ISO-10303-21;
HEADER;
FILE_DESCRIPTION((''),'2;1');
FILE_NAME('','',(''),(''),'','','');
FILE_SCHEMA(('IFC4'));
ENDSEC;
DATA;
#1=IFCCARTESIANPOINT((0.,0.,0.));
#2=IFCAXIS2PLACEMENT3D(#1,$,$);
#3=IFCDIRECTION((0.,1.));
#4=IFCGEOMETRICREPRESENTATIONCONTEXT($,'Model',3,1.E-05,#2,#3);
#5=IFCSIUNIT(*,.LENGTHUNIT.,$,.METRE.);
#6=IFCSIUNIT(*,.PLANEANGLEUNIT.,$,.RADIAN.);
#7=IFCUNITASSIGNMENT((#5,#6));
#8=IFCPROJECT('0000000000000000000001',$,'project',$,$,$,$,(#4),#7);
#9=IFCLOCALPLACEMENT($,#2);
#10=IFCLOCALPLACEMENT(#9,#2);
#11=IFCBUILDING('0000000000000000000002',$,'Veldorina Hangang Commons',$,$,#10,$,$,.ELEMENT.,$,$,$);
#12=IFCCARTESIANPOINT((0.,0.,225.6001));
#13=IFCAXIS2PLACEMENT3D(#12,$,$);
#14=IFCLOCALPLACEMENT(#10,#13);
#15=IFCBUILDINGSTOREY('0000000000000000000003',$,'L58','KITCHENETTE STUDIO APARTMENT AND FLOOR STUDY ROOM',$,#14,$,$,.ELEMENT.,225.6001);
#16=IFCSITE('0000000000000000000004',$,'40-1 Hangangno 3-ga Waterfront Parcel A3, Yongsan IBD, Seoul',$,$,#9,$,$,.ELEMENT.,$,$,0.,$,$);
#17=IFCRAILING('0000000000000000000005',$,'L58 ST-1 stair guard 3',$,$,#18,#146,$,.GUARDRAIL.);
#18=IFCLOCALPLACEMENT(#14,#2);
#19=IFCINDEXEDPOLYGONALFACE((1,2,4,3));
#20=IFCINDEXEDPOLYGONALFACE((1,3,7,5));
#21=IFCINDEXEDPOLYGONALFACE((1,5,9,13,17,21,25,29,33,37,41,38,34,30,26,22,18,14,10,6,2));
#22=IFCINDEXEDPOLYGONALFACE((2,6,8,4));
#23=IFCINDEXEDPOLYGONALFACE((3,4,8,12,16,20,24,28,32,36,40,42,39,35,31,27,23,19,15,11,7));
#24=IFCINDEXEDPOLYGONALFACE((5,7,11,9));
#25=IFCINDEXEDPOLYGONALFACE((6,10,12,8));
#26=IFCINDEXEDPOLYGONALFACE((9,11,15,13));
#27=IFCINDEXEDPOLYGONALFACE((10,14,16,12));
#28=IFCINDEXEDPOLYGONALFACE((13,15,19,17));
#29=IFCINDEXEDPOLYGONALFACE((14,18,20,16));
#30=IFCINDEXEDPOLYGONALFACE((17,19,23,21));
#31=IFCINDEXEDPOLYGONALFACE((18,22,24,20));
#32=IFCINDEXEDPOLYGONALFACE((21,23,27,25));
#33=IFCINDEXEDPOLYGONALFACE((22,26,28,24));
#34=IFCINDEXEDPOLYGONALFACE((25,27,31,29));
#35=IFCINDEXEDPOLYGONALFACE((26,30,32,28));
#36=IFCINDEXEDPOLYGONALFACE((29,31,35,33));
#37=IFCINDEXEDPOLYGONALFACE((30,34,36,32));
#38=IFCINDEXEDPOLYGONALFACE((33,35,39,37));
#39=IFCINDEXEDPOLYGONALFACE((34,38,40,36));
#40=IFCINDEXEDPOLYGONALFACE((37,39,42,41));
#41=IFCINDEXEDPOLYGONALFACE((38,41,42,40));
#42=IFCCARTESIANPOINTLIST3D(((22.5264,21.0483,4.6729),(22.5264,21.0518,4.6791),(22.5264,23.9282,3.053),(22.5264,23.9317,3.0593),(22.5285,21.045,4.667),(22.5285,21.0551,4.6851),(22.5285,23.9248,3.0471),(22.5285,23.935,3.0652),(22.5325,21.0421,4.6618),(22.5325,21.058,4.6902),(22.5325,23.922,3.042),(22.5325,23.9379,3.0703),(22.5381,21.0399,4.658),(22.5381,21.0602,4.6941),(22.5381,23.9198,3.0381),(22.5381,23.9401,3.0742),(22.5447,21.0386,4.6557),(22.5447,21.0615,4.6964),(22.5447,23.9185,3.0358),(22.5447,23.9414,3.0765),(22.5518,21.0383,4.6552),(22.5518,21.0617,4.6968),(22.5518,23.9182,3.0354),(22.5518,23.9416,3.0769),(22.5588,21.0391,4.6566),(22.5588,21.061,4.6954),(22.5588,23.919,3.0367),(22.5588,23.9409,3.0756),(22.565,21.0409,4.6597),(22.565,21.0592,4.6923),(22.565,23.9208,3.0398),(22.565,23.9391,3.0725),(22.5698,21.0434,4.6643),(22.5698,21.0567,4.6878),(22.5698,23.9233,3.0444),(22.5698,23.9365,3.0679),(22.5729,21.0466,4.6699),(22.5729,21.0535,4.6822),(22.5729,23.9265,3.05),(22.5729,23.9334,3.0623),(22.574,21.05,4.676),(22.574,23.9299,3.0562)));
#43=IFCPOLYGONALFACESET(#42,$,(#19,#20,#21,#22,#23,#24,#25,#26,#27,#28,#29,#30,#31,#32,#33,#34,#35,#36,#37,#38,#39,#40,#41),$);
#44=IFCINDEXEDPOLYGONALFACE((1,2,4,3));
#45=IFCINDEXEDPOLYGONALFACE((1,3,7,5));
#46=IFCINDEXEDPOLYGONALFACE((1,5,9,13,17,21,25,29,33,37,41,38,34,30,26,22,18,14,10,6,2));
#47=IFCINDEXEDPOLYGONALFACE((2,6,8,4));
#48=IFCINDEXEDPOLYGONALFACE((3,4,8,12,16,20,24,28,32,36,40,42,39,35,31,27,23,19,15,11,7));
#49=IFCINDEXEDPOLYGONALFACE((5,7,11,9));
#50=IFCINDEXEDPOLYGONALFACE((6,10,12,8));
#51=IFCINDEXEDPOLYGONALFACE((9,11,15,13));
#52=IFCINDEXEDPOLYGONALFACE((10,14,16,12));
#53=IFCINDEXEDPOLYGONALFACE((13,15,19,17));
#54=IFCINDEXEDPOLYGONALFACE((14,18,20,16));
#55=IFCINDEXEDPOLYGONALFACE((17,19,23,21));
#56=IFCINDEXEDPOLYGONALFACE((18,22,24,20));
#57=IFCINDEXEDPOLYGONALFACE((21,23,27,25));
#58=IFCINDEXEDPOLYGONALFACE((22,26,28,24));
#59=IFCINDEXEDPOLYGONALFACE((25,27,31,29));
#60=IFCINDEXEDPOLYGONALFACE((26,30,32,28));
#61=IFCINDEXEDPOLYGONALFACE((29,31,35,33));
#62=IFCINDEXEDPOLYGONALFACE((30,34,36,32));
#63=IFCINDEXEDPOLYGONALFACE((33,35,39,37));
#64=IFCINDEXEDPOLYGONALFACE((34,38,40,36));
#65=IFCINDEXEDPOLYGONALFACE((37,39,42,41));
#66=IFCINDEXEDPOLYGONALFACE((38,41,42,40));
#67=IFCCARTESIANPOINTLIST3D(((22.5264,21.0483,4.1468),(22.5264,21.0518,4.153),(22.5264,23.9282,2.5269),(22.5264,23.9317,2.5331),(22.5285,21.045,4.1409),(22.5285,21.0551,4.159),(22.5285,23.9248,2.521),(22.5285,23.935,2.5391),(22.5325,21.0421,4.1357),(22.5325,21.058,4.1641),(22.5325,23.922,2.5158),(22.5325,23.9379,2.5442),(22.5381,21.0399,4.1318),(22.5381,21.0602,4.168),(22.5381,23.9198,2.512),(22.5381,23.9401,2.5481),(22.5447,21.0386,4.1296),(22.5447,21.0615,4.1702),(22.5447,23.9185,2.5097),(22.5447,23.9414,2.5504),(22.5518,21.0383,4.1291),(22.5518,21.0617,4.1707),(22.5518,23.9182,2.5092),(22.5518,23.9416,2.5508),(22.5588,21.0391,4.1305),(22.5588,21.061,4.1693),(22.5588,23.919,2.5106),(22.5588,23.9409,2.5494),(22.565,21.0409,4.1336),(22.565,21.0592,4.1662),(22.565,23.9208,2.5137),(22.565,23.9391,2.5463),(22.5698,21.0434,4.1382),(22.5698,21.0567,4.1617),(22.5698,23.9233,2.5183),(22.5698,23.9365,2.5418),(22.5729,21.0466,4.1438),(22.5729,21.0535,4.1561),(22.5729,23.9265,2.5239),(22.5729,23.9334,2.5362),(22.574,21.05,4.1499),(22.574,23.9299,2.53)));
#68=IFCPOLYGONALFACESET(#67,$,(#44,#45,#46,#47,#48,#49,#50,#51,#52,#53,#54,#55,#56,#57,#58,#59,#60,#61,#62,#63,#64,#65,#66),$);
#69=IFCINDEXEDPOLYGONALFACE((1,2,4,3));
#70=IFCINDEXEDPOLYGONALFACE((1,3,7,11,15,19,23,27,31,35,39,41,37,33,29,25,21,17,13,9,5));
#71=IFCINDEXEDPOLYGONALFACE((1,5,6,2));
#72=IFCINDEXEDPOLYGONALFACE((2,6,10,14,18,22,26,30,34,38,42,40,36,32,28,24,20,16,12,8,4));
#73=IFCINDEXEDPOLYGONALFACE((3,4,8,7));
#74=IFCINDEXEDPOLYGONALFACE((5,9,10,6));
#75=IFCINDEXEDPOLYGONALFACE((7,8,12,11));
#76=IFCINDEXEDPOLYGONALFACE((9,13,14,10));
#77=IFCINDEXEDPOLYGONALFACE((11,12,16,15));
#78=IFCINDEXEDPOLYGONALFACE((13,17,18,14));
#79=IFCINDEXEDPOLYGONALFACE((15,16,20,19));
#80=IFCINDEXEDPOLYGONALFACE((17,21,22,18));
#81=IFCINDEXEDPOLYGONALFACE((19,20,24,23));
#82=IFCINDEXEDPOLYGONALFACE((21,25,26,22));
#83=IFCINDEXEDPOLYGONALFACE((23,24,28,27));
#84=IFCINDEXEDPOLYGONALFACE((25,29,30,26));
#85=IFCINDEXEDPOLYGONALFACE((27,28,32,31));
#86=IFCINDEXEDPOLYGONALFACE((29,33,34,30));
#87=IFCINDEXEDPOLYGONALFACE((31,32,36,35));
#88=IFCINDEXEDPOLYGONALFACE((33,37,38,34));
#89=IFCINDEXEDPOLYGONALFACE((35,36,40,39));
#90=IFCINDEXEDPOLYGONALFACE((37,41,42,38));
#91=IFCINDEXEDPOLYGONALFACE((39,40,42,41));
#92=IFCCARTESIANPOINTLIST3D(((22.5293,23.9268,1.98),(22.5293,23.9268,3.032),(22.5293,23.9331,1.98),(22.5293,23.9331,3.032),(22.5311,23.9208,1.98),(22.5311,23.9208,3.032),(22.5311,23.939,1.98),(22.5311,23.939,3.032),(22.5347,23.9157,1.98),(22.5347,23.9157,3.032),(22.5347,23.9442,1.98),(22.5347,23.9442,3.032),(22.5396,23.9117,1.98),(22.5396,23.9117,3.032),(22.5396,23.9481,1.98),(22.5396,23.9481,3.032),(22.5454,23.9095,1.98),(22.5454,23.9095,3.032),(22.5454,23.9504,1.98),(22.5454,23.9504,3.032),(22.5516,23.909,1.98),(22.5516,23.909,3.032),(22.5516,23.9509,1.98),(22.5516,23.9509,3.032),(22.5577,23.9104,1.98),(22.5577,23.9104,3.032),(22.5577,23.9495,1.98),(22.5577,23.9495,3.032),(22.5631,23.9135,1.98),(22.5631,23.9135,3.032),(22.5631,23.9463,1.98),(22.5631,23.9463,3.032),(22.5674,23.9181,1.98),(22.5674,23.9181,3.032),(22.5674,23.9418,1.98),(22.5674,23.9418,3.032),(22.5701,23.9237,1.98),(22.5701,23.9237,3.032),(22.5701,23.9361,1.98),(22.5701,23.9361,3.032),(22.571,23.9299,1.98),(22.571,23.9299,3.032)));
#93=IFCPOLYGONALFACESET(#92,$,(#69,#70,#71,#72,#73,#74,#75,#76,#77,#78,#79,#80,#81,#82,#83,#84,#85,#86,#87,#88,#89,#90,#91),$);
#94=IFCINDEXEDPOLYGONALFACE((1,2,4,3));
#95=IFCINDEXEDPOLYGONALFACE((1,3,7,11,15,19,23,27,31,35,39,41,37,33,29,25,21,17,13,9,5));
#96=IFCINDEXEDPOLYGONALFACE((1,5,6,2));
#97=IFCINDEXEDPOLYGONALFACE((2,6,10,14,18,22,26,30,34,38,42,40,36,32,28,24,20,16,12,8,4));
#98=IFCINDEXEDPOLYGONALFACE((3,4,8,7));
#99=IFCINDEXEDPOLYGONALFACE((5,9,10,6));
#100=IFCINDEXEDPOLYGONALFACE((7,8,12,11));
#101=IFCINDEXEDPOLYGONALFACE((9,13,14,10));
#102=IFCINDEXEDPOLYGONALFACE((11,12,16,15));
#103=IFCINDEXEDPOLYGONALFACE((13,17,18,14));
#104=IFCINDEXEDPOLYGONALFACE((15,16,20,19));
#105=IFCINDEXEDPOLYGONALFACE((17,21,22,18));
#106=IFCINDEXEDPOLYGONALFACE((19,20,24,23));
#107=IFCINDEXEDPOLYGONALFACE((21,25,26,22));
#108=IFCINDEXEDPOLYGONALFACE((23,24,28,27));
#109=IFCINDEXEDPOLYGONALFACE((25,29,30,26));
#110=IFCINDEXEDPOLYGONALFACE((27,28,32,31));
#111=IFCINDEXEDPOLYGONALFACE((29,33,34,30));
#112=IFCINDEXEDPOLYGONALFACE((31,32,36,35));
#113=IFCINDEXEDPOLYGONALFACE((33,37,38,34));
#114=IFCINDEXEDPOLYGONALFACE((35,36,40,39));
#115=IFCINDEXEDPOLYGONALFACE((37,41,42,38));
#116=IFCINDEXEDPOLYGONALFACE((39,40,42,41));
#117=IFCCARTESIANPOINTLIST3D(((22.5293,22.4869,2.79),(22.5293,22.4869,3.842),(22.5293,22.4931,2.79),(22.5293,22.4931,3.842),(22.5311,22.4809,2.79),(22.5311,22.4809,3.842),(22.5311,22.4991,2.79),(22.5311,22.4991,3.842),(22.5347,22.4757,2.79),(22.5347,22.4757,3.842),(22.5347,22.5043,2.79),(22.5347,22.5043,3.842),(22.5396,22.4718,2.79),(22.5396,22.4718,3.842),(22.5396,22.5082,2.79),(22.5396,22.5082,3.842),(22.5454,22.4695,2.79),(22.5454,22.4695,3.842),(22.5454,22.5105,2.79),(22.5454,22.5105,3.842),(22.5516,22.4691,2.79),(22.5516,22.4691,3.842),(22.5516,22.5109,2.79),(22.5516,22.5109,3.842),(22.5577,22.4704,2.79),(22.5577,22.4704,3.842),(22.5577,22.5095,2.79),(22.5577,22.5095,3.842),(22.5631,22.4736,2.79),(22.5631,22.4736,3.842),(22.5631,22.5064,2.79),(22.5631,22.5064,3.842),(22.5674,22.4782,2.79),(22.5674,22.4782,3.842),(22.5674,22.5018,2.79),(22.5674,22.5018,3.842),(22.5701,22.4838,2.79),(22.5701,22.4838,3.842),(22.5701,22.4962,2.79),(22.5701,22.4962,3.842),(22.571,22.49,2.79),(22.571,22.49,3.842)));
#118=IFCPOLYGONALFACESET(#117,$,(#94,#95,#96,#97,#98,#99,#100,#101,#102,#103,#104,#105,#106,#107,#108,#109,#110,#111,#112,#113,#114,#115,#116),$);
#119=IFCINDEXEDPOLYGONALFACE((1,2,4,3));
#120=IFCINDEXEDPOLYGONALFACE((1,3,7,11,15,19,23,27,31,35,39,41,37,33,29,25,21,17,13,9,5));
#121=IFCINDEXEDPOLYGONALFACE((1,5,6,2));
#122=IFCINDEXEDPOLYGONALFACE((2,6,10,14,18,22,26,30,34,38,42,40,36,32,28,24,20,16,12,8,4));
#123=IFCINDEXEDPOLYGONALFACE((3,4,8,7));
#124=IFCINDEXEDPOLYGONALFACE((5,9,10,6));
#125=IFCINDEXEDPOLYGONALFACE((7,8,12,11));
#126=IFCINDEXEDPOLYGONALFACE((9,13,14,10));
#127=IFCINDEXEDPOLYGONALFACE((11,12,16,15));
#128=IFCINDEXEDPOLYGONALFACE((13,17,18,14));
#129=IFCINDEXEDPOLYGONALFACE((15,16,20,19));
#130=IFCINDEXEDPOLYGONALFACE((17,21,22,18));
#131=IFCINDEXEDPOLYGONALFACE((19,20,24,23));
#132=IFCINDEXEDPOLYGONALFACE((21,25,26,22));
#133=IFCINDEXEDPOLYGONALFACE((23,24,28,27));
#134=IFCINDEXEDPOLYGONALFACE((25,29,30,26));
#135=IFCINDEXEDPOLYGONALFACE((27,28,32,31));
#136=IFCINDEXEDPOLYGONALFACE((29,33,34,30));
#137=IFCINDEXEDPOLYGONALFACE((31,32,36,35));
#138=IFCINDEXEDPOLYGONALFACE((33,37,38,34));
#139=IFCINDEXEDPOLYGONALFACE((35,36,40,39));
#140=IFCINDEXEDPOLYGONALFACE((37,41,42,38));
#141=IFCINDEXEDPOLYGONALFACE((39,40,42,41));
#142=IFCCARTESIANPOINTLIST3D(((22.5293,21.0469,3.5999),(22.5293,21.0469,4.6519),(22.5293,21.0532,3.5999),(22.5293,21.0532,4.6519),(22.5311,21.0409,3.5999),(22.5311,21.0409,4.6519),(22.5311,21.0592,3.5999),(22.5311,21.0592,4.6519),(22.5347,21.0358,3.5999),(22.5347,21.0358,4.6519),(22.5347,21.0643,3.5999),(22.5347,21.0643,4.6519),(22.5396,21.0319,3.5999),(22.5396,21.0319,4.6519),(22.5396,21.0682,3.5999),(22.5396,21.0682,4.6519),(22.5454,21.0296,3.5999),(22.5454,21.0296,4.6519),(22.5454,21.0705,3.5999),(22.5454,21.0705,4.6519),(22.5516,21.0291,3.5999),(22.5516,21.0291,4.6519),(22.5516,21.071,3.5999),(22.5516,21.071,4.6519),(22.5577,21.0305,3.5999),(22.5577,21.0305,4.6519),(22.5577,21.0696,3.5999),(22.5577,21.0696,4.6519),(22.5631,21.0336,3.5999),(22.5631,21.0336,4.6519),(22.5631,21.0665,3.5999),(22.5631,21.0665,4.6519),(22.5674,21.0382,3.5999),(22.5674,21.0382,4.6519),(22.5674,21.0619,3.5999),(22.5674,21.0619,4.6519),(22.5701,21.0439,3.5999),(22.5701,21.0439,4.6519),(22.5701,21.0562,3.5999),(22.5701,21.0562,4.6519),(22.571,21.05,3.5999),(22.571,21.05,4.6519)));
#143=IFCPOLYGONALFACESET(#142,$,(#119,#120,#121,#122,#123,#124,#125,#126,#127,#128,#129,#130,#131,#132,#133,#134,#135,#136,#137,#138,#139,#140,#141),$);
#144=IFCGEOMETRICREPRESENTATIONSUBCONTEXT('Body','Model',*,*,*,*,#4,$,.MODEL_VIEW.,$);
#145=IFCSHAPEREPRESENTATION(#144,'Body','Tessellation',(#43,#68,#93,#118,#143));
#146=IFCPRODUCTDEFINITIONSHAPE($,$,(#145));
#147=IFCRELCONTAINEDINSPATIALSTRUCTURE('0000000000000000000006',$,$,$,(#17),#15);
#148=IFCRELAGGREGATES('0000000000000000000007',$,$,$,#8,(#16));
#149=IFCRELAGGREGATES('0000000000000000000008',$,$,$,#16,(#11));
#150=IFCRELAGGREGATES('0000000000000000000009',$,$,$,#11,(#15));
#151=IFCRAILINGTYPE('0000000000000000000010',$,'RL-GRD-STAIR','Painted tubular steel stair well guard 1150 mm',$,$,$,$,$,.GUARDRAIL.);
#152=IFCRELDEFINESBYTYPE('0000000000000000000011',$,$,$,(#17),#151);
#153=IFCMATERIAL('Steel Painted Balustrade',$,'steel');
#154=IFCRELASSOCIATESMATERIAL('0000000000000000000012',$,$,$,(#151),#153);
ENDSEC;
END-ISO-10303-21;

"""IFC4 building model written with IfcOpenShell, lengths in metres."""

from ifc_helpers import new_model, si_unit, direction, frame, origin, origin_2d, place, context, subcontext, project, spatial, circle, extrude, material, type_object, element, save


model = new_model("IFC4")

# Units and contexts
model_context = context("Model", 3, precision=1e-05, world=origin(), true_north=direction((0.0, 1.0)))
body_context = subcontext(model_context, "Body", "Model", "MODEL_VIEW")
ifc_project = project(units=[si_unit("LENGTHUNIT", "METRE"), si_unit("PLANEANGLEUNIT", "RADIAN")], contexts=[model_context])

# Site, building, storey
site_placement = place(None, origin())
site = spatial("IfcSite", under=ifc_project, at=site_placement, Name="40-1 Hangangno 3-ga Waterfront Parcel A3, Yongsan IBD, Seoul", CompositionType="ELEMENT", RefElevation=0.0)
building_placement = place(site_placement, origin())
building = spatial("IfcBuilding", under=site, at=building_placement, Name="Veldorina Hangang Commons", CompositionType="ELEMENT")
storey_placement = place(building_placement, frame((0.0, 0.0, 225.6001)))
storey = spatial("IfcBuildingStorey", under=building, at=storey_placement, Name="L58", Description="KITCHENETTE STUDIO APARTMENT AND FLOOR STUDY ROOM", CompositionType="ELEMENT", Elevation=225.6001)

# Railing
ifc_material_1 = material(Name="Steel Painted Balustrade", Category="steel")
railing_type_1 = type_object("IfcRailingType", Name="RL-GRD-STAIR", Description="Painted tubular steel stair well guard 1150 mm", PredefinedType="GUARDRAIL", material=ifc_material_1)
railing_1_placement = place(storey_placement, frame((22.55, 23.9299, 1.98)))
element("IfcRailing", 1, at=railing_1_placement, inside=storey, type_object=railing_type_1, Name="L58 ST-1 stair guard 3", PredefinedType="GUARDRAIL", context=body_context, shape_type="SweptSolid", body=[
    extrude(circle(Radius=0.0239, at=origin_2d()), frame((0.0, 0.0, 1.0762), z_axis=(0.0, -0.871583, 0.490247), x_axis=(1.0, 0.0, 0.0)), (0.0, 0.0, 1.0), 3.3042),
    extrude(circle(Radius=0.0239, at=origin_2d()), frame((0.0, 0.0, 0.55), z_axis=(0.0, -0.871583, 0.490247), x_axis=(1.0, 0.0, 0.0)), (0.0, 0.0, 1.0), 3.3042),
    extrude(circle(Radius=0.021, at=origin_2d()), origin(), (0.0, 0.0, 1.0), 1.052),
    extrude(circle(Radius=0.021, at=origin_2d()), frame((0.0, -1.4399, 0.8101)), (0.0, 0.0, 1.0), 1.052),
    extrude(circle(Radius=0.021, at=origin_2d()), frame((0.0, -2.8799, 1.6199)), (0.0, 0.0, 1.0), 1.052),
])

save(model, "model.ifc")
